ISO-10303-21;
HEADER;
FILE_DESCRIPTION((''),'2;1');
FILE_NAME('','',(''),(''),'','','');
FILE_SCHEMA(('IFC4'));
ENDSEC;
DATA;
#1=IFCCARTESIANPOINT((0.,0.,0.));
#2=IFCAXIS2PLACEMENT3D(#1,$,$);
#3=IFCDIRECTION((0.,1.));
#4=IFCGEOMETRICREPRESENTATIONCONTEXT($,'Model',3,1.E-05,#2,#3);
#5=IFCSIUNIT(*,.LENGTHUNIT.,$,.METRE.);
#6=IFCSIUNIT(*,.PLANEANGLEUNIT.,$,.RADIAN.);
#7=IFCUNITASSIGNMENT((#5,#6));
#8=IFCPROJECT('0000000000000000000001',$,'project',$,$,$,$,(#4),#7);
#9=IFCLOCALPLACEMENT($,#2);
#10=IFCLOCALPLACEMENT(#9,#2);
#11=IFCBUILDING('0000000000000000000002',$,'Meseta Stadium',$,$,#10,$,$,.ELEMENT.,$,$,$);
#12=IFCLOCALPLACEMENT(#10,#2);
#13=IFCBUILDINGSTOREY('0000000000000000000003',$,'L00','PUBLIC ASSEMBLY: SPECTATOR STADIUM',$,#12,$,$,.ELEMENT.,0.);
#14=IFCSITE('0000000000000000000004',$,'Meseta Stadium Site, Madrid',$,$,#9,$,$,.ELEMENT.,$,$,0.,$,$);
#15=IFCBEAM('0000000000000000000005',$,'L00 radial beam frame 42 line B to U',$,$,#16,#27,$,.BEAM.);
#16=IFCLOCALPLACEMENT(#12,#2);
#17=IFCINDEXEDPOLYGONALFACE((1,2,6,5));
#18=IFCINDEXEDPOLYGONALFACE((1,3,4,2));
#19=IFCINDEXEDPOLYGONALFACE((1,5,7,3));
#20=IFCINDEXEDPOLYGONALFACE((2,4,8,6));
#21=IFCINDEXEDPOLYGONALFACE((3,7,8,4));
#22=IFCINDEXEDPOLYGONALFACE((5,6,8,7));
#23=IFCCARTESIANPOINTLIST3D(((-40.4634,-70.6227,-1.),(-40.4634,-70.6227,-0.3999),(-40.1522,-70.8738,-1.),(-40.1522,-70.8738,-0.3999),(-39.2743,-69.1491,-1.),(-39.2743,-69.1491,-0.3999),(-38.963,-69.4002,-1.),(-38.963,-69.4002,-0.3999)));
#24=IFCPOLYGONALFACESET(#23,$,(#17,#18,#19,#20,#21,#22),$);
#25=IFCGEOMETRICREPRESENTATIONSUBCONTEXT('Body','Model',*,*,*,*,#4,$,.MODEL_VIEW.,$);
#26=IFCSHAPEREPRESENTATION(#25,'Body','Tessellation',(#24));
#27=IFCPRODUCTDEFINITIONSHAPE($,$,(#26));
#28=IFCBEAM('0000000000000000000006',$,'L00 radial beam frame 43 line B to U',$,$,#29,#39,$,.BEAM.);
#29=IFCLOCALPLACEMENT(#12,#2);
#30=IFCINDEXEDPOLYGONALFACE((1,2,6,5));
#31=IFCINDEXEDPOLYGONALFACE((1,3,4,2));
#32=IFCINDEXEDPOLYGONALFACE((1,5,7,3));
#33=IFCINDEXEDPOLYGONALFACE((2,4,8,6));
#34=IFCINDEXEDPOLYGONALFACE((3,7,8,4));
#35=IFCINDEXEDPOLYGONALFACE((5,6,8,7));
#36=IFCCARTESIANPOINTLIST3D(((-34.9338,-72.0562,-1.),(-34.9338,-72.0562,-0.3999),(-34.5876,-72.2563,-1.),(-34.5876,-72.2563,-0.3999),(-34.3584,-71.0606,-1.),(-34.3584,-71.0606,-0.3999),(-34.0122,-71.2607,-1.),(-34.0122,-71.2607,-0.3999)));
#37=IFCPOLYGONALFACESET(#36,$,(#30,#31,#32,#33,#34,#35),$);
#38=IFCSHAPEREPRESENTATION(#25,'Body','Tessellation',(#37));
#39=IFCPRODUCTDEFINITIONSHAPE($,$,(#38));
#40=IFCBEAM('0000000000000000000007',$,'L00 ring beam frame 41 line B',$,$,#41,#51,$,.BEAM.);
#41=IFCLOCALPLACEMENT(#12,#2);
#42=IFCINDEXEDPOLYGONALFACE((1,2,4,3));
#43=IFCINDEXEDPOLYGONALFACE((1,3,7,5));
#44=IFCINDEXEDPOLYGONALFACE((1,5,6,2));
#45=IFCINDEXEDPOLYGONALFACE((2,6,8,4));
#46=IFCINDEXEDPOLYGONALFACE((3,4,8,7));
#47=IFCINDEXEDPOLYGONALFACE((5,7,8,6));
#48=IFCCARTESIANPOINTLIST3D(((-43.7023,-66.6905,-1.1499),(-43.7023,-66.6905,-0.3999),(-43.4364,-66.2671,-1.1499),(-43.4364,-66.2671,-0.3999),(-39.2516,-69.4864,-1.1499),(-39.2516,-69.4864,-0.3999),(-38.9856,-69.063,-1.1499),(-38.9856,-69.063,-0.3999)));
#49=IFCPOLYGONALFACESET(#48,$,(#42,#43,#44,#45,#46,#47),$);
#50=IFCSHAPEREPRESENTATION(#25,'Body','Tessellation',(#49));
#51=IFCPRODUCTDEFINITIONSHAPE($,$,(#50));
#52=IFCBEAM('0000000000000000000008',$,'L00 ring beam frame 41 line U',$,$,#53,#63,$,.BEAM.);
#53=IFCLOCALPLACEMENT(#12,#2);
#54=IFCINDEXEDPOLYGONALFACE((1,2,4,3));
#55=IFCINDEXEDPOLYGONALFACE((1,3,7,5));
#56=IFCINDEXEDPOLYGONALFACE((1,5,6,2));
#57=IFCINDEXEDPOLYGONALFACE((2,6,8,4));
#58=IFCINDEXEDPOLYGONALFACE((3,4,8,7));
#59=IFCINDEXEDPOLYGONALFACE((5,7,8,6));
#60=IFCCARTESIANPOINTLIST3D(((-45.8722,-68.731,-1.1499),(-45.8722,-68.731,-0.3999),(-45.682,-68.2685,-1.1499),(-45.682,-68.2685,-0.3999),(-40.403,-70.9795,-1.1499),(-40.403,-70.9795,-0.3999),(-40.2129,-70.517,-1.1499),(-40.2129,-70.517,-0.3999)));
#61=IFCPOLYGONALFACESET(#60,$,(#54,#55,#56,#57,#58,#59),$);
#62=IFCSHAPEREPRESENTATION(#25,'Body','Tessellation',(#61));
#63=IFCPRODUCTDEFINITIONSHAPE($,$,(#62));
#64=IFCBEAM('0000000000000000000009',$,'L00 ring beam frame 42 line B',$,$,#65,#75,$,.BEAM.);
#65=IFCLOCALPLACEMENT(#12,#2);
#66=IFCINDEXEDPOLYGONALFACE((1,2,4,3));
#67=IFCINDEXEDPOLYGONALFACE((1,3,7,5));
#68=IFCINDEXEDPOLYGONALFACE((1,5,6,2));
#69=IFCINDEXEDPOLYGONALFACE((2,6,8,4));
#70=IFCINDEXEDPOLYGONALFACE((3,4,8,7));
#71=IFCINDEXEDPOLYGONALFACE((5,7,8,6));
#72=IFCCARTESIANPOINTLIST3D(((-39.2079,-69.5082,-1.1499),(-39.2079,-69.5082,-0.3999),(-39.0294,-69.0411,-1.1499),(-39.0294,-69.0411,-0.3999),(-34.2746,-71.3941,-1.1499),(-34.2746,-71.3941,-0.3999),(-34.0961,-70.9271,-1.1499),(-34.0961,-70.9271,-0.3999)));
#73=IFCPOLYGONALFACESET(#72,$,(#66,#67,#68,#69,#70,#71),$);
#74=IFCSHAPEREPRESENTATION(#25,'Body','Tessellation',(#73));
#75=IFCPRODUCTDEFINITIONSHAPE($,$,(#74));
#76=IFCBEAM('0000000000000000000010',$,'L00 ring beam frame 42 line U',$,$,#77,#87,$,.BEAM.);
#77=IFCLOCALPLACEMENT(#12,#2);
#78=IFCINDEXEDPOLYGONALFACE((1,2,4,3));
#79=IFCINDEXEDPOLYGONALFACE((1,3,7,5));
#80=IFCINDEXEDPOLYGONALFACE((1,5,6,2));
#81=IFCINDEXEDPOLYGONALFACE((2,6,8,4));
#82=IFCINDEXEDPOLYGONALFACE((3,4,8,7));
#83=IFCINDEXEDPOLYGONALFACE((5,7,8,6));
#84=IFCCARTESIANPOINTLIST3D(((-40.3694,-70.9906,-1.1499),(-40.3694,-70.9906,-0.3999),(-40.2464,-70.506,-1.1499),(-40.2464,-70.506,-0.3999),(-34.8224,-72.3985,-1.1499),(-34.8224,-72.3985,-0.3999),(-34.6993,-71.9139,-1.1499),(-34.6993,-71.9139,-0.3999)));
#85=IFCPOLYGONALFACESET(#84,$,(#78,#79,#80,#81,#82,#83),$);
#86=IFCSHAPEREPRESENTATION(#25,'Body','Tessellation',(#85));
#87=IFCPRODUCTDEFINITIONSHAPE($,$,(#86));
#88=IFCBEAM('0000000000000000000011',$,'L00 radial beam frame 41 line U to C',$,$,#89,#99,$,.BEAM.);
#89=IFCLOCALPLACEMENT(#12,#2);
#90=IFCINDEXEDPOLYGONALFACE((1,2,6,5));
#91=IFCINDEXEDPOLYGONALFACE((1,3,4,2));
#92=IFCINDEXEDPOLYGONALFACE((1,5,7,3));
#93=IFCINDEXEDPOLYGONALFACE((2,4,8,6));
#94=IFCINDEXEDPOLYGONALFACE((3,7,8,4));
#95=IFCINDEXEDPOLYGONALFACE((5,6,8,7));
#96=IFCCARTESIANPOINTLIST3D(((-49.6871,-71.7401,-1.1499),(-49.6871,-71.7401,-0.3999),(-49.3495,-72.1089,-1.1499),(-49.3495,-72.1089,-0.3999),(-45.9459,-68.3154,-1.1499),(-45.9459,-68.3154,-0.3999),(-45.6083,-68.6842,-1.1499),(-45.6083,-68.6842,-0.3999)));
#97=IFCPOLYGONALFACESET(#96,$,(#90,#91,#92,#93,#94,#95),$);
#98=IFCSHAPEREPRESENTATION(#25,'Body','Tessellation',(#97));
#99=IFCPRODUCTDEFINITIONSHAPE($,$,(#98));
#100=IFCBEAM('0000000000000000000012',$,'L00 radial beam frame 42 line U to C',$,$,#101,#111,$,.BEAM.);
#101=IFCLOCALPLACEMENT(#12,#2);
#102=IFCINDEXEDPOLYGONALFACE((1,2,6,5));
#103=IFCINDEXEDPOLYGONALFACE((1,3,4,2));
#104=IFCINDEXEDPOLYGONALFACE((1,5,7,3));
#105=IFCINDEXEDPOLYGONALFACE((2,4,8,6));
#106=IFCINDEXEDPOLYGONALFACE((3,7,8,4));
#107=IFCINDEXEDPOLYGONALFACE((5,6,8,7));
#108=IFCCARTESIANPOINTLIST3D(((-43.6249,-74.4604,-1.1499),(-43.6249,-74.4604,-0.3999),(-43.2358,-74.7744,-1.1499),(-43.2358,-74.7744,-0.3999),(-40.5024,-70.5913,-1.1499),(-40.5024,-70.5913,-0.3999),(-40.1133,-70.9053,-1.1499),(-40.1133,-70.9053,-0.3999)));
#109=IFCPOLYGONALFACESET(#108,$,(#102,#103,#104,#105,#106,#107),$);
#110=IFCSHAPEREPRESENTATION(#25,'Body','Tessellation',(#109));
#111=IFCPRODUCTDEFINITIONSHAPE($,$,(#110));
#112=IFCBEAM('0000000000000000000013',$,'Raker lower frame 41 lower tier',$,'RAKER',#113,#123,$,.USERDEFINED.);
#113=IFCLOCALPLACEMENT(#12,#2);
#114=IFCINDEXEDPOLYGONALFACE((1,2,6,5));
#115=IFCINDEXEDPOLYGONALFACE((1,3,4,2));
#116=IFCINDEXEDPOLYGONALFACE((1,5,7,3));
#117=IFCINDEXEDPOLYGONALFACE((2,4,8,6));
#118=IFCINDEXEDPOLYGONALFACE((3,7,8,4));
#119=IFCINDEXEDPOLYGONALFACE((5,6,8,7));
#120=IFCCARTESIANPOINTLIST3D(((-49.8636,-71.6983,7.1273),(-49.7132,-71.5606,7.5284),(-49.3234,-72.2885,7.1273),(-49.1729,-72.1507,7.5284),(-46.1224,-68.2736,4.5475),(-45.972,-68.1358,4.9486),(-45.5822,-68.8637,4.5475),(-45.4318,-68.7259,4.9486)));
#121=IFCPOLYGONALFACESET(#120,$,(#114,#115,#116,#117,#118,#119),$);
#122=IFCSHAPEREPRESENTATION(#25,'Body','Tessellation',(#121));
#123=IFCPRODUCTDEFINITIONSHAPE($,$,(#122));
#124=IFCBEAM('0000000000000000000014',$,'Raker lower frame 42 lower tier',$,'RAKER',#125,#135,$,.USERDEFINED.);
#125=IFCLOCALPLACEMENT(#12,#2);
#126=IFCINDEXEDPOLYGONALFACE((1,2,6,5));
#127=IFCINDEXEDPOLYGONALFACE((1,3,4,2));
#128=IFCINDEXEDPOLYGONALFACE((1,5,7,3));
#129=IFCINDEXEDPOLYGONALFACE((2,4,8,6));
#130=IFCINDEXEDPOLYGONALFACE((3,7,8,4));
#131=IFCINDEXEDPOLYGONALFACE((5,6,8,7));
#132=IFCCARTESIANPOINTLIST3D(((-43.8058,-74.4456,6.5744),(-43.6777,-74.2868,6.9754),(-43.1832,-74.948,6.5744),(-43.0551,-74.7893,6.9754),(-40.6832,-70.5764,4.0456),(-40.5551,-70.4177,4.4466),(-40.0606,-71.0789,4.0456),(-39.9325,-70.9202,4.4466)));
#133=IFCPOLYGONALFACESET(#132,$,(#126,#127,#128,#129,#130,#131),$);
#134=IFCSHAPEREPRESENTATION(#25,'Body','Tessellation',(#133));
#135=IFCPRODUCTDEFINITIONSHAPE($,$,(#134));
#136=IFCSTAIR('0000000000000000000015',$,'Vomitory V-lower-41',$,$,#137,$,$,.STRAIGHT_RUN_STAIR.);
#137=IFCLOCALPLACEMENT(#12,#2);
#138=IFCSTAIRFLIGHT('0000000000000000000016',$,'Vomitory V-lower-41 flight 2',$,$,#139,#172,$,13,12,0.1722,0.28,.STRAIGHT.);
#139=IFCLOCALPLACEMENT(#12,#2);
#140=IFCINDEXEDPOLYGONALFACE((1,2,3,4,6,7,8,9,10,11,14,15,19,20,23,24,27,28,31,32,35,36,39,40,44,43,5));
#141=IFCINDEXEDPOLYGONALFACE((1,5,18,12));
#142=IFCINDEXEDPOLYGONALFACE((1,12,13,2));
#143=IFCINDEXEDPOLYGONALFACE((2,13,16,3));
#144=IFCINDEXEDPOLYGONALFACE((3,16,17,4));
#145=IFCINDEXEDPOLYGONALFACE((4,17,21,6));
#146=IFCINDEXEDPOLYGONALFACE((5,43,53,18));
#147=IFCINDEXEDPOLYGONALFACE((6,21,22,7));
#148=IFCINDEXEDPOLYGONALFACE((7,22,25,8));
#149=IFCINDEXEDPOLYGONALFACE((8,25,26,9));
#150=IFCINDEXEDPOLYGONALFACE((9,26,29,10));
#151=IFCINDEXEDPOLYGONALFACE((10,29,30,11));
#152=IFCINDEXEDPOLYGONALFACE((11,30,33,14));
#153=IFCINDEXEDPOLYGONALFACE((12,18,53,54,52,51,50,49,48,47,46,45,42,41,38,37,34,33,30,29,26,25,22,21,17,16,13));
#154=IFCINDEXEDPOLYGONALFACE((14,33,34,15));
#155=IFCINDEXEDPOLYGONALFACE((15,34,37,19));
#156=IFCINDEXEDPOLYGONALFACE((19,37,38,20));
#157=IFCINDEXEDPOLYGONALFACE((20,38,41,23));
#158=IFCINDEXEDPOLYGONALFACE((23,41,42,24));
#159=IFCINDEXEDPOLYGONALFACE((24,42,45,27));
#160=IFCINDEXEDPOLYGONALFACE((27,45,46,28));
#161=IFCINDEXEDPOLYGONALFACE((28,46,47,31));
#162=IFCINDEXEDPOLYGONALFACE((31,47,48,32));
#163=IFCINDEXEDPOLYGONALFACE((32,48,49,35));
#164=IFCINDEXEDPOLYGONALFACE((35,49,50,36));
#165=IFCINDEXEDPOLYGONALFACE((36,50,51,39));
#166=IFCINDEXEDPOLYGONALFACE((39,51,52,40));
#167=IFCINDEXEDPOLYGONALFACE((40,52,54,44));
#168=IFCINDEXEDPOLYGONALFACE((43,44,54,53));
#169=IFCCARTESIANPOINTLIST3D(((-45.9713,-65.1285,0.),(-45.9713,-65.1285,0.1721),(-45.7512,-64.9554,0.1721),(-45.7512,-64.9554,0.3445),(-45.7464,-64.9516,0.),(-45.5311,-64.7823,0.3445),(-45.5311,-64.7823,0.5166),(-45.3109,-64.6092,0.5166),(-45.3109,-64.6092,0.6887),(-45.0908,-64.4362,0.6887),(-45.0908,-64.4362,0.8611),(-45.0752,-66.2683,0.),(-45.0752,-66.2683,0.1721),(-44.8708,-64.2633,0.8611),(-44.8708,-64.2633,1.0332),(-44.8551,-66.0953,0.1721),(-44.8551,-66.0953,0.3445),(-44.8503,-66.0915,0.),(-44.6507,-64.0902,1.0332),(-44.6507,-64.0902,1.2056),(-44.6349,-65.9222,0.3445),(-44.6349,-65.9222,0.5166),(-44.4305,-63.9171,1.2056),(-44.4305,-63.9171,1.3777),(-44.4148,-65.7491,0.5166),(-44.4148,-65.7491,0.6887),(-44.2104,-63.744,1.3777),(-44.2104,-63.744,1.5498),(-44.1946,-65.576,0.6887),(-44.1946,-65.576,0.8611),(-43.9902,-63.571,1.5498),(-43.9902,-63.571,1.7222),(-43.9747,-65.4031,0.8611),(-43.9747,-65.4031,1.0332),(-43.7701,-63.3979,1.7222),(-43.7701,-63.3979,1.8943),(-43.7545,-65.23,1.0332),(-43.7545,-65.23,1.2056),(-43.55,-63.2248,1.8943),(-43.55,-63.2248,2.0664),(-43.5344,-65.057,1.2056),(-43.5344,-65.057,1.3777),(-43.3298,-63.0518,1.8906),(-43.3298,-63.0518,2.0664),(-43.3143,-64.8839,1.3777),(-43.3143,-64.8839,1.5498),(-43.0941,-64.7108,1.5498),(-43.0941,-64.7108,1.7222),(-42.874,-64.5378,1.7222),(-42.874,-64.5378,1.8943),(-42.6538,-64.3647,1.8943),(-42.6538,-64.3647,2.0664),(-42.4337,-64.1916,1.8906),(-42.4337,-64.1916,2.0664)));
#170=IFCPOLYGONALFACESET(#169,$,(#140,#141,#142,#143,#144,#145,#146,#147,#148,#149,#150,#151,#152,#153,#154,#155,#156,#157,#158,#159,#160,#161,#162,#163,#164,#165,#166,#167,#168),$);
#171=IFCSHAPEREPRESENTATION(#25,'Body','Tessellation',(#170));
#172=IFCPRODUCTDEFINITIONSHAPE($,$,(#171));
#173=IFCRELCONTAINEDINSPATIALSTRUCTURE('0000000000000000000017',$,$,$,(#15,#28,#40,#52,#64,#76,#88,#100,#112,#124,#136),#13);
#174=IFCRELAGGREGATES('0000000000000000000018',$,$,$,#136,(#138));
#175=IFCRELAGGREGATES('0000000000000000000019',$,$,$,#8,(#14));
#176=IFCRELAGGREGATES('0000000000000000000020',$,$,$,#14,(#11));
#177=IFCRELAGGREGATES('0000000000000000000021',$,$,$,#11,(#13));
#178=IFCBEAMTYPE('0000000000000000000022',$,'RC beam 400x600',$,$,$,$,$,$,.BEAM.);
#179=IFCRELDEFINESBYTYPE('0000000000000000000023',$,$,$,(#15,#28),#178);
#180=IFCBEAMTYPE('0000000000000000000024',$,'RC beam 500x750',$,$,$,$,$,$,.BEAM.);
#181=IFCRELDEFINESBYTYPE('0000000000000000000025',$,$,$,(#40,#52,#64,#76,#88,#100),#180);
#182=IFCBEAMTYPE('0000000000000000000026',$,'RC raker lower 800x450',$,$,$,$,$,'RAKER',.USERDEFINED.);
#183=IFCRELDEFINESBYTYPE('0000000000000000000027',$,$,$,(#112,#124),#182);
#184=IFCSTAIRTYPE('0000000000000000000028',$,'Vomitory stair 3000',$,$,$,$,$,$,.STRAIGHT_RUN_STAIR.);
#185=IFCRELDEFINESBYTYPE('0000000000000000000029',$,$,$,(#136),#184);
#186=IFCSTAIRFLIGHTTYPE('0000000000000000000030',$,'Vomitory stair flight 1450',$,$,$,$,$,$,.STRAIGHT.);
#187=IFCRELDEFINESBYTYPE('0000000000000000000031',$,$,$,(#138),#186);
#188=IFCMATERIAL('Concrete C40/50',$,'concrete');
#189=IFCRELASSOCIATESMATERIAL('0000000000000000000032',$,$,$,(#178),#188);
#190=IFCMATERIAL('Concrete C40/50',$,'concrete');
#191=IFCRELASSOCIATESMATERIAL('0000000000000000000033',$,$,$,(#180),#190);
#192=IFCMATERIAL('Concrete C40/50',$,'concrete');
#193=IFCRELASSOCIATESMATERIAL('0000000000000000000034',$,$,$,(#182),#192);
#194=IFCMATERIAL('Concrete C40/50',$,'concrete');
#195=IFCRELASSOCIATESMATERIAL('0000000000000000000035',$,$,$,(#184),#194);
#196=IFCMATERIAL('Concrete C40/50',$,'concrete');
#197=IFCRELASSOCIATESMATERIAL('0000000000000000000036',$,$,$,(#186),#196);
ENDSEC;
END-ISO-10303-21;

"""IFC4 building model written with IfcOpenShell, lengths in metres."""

from ifc_helpers import new_model, si_unit, direction, frame, origin, origin_2d, place, context, subcontext, project, spatial, polyline, rectangle, outline, extrude, material, material_profile, profile_set, type_object, element, aggregate, save


model = new_model("IFC4")

# Units and contexts
model_context = context("Model", 3, precision=1e-05, world=origin(), true_north=direction((0.0, 1.0)))
body_context = subcontext(model_context, "Body", "Model", "MODEL_VIEW")
ifc_project = project(units=[si_unit("LENGTHUNIT", "METRE"), si_unit("PLANEANGLEUNIT", "RADIAN")], contexts=[model_context])

# Site, building, storey
site_placement = place(None, origin())
site = spatial("IfcSite", under=ifc_project, at=site_placement, Name="Meseta Stadium Site, Madrid", CompositionType="ELEMENT", RefElevation=0.0)
building_placement = place(site_placement, origin())
building = spatial("IfcBuilding", under=site, at=building_placement, Name="Meseta Stadium", CompositionType="ELEMENT")
storey_placement = place(building_placement, origin())
storey = spatial("IfcBuildingStorey", under=building, at=storey_placement, Name="L00", Description="PUBLIC ASSEMBLY: SPECTATOR STADIUM", CompositionType="ELEMENT", Elevation=0.0)

# Beams
ifc_material_1 = material(Name="Concrete C40/50", Category="concrete")
ifc_material_profile_1 = material_profile(ifc_material_1, rectangle(XDim=0.3999, YDim=0.6001, at=origin_2d()), Name="RC 400x600")
ifc_profile_set_1 = profile_set([ifc_material_profile_1], Name="Concrete C40/50")
beam_type_1 = type_object("IfcBeamType", Name="RC beam 400x600", PredefinedType="BEAM", material=ifc_profile_set_1)
beam_1_placement = place(storey_placement, frame((-39.1187, -69.2747, -0.7), z_axis=(-0.628007, -0.778208, 0.0), x_axis=(0.778208, -0.628007, 0.0)))
element("IfcBeam", 1, at=beam_1_placement, inside=storey, type_object=beam_type_1, Name="L00 radial beam frame 42 line B to U", PredefinedType="BEAM", context=body_context, shape_type="SweptSolid", body=[
    extrude(rectangle(XDim=0.3999, YDim=0.6001, at=origin_2d()), origin(), (0.0, 0.0, 1.0), 1.8936),
])
beam_2_placement = place(storey_placement, frame((-34.1853, -71.1606, -0.7), z_axis=(-0.500408, -0.865789, 0.0), x_axis=(0.865789, -0.500408, 0.0)))
element("IfcBeam", 2, at=beam_2_placement, inside=storey, type_object=beam_type_1, Name="L00 radial beam frame 43 line B to U", PredefinedType="BEAM", context=body_context, shape_type="SweptSolid", body=[
    extrude(rectangle(XDim=0.3999, YDim=0.6001, at=origin_2d()), origin(), (0.0, 0.0, 1.0), 1.1499),
])
ifc_material_2 = material(Name="Concrete C40/50", Category="concrete")
ifc_material_profile_2 = material_profile(ifc_material_2, rectangle(XDim=0.5, YDim=0.75, at=origin_2d()), Name="RC 500x750")
ifc_profile_set_2 = profile_set([ifc_material_profile_2], Name="Concrete C40/50")
beam_type_2 = type_object("IfcBeamType", Name="RC beam 500x750", PredefinedType="BEAM", material=ifc_profile_set_2)
beam_3_placement = place(storey_placement, frame((-43.5693, -66.4788, -0.7749), z_axis=(0.84678, -0.531943, 0.0), x_axis=(0.531943, 0.84678, 0.0)))
element("IfcBeam", 3, at=beam_3_placement, inside=storey, type_object=beam_type_2, Name="L00 ring beam frame 41 line B", PredefinedType="BEAM", context=body_context, shape_type="SweptSolid", body=[
    extrude(rectangle(XDim=0.5, YDim=0.75, at=origin_2d()), origin(), (0.0, 0.0, 1.0), 5.2561),
])
beam_4_placement = place(storey_placement, frame((-45.7771, -68.4998, -0.7749), z_axis=(0.924887, -0.380243, 0.0), x_axis=(0.380243, 0.924887, 0.0)))
element("IfcBeam", 4, at=beam_4_placement, inside=storey, type_object=beam_type_2, Name="L00 ring beam frame 41 line U", PredefinedType="BEAM", context=body_context, shape_type="SweptSolid", body=[
    extrude(rectangle(XDim=0.5, YDim=0.75, at=origin_2d()), origin(), (0.0, 0.0, 1.0), 5.9133),
])
beam_5_placement = place(storey_placement, frame((-39.1187, -69.2747, -0.7749), z_axis=(0.93407, -0.357089, 0.0), x_axis=(0.357089, 0.93407, 0.0)))
element("IfcBeam", 5, at=beam_5_placement, inside=storey, type_object=beam_type_2, Name="L00 ring beam frame 42 line B", PredefinedType="BEAM", context=body_context, shape_type="SweptSolid", body=[
    extrude(rectangle(XDim=0.5, YDim=0.75, at=origin_2d()), origin(), (0.0, 0.0, 1.0), 5.2815),
])
beam_6_placement = place(storey_placement, frame((-40.3079, -70.7483, -0.7749), z_axis=(0.969265, -0.246017, 0.0), x_axis=(0.246017, 0.969265, 0.0)))
element("IfcBeam", 6, at=beam_6_placement, inside=storey, type_object=beam_type_2, Name="L00 ring beam frame 42 line U", PredefinedType="BEAM", context=body_context, shape_type="SweptSolid", body=[
    extrude(rectangle(XDim=0.5, YDim=0.75, at=origin_2d()), origin(), (0.0, 0.0, 1.0), 5.7229),
])
beam_7_placement = place(storey_placement, frame((-45.7771, -68.4998, -0.7749), z_axis=(-0.73761, -0.675228, 0.0), x_axis=(0.675228, -0.73761, 0.0)))
element("IfcBeam", 7, at=beam_7_placement, inside=storey, type_object=beam_type_2, Name="L00 radial beam frame 41 line U to C", PredefinedType="BEAM", context=body_context, shape_type="SweptSolid", body=[
    extrude(rectangle(XDim=0.5, YDim=0.75, at=origin_2d()), origin(), (0.0, 0.0, 1.0), 5.072),
])
beam_8_placement = place(storey_placement, frame((-40.3079, -70.7483, -0.7749), z_axis=(-0.628031, -0.778189, 0.0), x_axis=(0.778189, -0.628031, 0.0)))
element("IfcBeam", 8, at=beam_8_placement, inside=storey, type_object=beam_type_2, Name="L00 radial beam frame 42 line U to C", PredefinedType="BEAM", context=body_context, shape_type="SweptSolid", body=[
    extrude(rectangle(XDim=0.5, YDim=0.75, at=origin_2d()), origin(), (0.0, 0.0, 1.0), 4.9719),
])
ifc_material_3 = material(Name="Concrete C40/50", Category="concrete")
ifc_material_profile_3 = material_profile(ifc_material_3, rectangle(XDim=0.8, YDim=0.45, at=origin_2d()), Name="RC 800x450")
ifc_profile_set_3 = profile_set([ifc_material_profile_3], Name="Concrete C40/50")
beam_type_3 = type_object("IfcBeamType", Name="RC raker lower 800x450", ElementType="RAKER", PredefinedType="USERDEFINED", material=ifc_profile_set_3)
beam_9_placement = place(storey_placement, frame((-45.7771, -68.4998, 4.748), z_axis=(-0.657452, -0.601849, 0.45336), x_axis=(0.675228, -0.73761, 0.0)))
element("IfcBeam", 9, at=beam_9_placement, inside=storey, type_object=beam_type_3, Name="Raker lower frame 41 lower tier", ObjectType="RAKER", PredefinedType="USERDEFINED", context=body_context, shape_type="SweptSolid", body=[
    extrude(rectangle(XDim=0.8, YDim=0.45, at=origin_2d()), origin(), (0.0, 0.0, 1.0), 5.6904),
])
beam_10_placement = place(storey_placement, frame((-40.3079, -70.7483, 4.2461), z_axis=(-0.559786, -0.693627, 0.453344), x_axis=(0.778189, -0.628031, 0.0)))
element("IfcBeam", 10, at=beam_10_placement, inside=storey, type_object=beam_type_3, Name="Raker lower frame 42 lower tier", ObjectType="RAKER", PredefinedType="USERDEFINED", context=body_context, shape_type="SweptSolid", body=[
    extrude(rectangle(XDim=0.8, YDim=0.45, at=origin_2d()), origin(), (0.0, 0.0, 1.0), 5.5781),
])

# Stair, stair flight
ifc_material_4 = material(Name="Concrete C40/50", Category="concrete")
stair_type = type_object("IfcStairType", Name="Vomitory stair 3000", PredefinedType="STRAIGHT_RUN_STAIR", material=ifc_material_4)
stair_1_placement = place(storey_placement, origin())
stair_1 = element("IfcStair", 11, at=stair_1_placement, inside=storey, type_object=stair_type, Name="Vomitory V-lower-41", PredefinedType="STRAIGHT_RUN_STAIR")
ifc_material_5 = material(Name="Concrete C40/50", Category="concrete")
stair_flight_type = type_object("IfcStairFlightType", Name="Vomitory stair flight 1450", PredefinedType="STRAIGHT", material=ifc_material_5)
stair_flight_1_placement = place(storey_placement, frame((-45.5232, -65.6985, 0.0), z_axis=(0.0, 0.0, 1.0), x_axis=(0.786142, 0.618046, 0.0)))
stair_flight_1 = element("IfcStairFlight", 12, at=stair_flight_1_placement, type_object=stair_flight_type, Name="Vomitory V-lower-41 flight 2", NumberOfRisers=13, NumberOfTreads=12, PredefinedType="STRAIGHT", RiserHeight=0.1722, TreadLength=0.28, context=body_context, shape_type="SweptSolid", body=[
    extrude(outline(polyline([(0.0, 0.0), (0.0, 0.1721), (0.28, 0.1721), (0.28, 0.3445), (0.5601, 0.3445), (0.5601, 0.5166), (0.8401, 0.5166), (0.8401, 0.6887), (1.1201, 0.6887), (1.1201, 0.8611), (1.3999, 0.8611), (1.3999, 1.0332), (1.6799, 1.0332), (1.6799, 1.2056), (1.96, 1.2056), (1.96, 1.3777), (2.24, 1.3777), (2.24, 1.5498), (2.52, 1.5498), (2.52, 1.7222), (2.8, 1.7222), (2.8, 1.8943), (3.0801, 1.8943), (3.0801, 2.0664), (3.3601, 2.0664), (3.3601, 1.8906), (0.2861, 0.0), (0.0, 0.0)])), frame((0.0, 0.7251, 0.0), z_axis=(0.0, -1.0, 0.0), x_axis=(1.0, 0.0, 0.0)), (0.0, 0.0, 1.0), 1.45),
])
aggregate(stair_1, [stair_flight_1])

save(model, "model.ifc")
